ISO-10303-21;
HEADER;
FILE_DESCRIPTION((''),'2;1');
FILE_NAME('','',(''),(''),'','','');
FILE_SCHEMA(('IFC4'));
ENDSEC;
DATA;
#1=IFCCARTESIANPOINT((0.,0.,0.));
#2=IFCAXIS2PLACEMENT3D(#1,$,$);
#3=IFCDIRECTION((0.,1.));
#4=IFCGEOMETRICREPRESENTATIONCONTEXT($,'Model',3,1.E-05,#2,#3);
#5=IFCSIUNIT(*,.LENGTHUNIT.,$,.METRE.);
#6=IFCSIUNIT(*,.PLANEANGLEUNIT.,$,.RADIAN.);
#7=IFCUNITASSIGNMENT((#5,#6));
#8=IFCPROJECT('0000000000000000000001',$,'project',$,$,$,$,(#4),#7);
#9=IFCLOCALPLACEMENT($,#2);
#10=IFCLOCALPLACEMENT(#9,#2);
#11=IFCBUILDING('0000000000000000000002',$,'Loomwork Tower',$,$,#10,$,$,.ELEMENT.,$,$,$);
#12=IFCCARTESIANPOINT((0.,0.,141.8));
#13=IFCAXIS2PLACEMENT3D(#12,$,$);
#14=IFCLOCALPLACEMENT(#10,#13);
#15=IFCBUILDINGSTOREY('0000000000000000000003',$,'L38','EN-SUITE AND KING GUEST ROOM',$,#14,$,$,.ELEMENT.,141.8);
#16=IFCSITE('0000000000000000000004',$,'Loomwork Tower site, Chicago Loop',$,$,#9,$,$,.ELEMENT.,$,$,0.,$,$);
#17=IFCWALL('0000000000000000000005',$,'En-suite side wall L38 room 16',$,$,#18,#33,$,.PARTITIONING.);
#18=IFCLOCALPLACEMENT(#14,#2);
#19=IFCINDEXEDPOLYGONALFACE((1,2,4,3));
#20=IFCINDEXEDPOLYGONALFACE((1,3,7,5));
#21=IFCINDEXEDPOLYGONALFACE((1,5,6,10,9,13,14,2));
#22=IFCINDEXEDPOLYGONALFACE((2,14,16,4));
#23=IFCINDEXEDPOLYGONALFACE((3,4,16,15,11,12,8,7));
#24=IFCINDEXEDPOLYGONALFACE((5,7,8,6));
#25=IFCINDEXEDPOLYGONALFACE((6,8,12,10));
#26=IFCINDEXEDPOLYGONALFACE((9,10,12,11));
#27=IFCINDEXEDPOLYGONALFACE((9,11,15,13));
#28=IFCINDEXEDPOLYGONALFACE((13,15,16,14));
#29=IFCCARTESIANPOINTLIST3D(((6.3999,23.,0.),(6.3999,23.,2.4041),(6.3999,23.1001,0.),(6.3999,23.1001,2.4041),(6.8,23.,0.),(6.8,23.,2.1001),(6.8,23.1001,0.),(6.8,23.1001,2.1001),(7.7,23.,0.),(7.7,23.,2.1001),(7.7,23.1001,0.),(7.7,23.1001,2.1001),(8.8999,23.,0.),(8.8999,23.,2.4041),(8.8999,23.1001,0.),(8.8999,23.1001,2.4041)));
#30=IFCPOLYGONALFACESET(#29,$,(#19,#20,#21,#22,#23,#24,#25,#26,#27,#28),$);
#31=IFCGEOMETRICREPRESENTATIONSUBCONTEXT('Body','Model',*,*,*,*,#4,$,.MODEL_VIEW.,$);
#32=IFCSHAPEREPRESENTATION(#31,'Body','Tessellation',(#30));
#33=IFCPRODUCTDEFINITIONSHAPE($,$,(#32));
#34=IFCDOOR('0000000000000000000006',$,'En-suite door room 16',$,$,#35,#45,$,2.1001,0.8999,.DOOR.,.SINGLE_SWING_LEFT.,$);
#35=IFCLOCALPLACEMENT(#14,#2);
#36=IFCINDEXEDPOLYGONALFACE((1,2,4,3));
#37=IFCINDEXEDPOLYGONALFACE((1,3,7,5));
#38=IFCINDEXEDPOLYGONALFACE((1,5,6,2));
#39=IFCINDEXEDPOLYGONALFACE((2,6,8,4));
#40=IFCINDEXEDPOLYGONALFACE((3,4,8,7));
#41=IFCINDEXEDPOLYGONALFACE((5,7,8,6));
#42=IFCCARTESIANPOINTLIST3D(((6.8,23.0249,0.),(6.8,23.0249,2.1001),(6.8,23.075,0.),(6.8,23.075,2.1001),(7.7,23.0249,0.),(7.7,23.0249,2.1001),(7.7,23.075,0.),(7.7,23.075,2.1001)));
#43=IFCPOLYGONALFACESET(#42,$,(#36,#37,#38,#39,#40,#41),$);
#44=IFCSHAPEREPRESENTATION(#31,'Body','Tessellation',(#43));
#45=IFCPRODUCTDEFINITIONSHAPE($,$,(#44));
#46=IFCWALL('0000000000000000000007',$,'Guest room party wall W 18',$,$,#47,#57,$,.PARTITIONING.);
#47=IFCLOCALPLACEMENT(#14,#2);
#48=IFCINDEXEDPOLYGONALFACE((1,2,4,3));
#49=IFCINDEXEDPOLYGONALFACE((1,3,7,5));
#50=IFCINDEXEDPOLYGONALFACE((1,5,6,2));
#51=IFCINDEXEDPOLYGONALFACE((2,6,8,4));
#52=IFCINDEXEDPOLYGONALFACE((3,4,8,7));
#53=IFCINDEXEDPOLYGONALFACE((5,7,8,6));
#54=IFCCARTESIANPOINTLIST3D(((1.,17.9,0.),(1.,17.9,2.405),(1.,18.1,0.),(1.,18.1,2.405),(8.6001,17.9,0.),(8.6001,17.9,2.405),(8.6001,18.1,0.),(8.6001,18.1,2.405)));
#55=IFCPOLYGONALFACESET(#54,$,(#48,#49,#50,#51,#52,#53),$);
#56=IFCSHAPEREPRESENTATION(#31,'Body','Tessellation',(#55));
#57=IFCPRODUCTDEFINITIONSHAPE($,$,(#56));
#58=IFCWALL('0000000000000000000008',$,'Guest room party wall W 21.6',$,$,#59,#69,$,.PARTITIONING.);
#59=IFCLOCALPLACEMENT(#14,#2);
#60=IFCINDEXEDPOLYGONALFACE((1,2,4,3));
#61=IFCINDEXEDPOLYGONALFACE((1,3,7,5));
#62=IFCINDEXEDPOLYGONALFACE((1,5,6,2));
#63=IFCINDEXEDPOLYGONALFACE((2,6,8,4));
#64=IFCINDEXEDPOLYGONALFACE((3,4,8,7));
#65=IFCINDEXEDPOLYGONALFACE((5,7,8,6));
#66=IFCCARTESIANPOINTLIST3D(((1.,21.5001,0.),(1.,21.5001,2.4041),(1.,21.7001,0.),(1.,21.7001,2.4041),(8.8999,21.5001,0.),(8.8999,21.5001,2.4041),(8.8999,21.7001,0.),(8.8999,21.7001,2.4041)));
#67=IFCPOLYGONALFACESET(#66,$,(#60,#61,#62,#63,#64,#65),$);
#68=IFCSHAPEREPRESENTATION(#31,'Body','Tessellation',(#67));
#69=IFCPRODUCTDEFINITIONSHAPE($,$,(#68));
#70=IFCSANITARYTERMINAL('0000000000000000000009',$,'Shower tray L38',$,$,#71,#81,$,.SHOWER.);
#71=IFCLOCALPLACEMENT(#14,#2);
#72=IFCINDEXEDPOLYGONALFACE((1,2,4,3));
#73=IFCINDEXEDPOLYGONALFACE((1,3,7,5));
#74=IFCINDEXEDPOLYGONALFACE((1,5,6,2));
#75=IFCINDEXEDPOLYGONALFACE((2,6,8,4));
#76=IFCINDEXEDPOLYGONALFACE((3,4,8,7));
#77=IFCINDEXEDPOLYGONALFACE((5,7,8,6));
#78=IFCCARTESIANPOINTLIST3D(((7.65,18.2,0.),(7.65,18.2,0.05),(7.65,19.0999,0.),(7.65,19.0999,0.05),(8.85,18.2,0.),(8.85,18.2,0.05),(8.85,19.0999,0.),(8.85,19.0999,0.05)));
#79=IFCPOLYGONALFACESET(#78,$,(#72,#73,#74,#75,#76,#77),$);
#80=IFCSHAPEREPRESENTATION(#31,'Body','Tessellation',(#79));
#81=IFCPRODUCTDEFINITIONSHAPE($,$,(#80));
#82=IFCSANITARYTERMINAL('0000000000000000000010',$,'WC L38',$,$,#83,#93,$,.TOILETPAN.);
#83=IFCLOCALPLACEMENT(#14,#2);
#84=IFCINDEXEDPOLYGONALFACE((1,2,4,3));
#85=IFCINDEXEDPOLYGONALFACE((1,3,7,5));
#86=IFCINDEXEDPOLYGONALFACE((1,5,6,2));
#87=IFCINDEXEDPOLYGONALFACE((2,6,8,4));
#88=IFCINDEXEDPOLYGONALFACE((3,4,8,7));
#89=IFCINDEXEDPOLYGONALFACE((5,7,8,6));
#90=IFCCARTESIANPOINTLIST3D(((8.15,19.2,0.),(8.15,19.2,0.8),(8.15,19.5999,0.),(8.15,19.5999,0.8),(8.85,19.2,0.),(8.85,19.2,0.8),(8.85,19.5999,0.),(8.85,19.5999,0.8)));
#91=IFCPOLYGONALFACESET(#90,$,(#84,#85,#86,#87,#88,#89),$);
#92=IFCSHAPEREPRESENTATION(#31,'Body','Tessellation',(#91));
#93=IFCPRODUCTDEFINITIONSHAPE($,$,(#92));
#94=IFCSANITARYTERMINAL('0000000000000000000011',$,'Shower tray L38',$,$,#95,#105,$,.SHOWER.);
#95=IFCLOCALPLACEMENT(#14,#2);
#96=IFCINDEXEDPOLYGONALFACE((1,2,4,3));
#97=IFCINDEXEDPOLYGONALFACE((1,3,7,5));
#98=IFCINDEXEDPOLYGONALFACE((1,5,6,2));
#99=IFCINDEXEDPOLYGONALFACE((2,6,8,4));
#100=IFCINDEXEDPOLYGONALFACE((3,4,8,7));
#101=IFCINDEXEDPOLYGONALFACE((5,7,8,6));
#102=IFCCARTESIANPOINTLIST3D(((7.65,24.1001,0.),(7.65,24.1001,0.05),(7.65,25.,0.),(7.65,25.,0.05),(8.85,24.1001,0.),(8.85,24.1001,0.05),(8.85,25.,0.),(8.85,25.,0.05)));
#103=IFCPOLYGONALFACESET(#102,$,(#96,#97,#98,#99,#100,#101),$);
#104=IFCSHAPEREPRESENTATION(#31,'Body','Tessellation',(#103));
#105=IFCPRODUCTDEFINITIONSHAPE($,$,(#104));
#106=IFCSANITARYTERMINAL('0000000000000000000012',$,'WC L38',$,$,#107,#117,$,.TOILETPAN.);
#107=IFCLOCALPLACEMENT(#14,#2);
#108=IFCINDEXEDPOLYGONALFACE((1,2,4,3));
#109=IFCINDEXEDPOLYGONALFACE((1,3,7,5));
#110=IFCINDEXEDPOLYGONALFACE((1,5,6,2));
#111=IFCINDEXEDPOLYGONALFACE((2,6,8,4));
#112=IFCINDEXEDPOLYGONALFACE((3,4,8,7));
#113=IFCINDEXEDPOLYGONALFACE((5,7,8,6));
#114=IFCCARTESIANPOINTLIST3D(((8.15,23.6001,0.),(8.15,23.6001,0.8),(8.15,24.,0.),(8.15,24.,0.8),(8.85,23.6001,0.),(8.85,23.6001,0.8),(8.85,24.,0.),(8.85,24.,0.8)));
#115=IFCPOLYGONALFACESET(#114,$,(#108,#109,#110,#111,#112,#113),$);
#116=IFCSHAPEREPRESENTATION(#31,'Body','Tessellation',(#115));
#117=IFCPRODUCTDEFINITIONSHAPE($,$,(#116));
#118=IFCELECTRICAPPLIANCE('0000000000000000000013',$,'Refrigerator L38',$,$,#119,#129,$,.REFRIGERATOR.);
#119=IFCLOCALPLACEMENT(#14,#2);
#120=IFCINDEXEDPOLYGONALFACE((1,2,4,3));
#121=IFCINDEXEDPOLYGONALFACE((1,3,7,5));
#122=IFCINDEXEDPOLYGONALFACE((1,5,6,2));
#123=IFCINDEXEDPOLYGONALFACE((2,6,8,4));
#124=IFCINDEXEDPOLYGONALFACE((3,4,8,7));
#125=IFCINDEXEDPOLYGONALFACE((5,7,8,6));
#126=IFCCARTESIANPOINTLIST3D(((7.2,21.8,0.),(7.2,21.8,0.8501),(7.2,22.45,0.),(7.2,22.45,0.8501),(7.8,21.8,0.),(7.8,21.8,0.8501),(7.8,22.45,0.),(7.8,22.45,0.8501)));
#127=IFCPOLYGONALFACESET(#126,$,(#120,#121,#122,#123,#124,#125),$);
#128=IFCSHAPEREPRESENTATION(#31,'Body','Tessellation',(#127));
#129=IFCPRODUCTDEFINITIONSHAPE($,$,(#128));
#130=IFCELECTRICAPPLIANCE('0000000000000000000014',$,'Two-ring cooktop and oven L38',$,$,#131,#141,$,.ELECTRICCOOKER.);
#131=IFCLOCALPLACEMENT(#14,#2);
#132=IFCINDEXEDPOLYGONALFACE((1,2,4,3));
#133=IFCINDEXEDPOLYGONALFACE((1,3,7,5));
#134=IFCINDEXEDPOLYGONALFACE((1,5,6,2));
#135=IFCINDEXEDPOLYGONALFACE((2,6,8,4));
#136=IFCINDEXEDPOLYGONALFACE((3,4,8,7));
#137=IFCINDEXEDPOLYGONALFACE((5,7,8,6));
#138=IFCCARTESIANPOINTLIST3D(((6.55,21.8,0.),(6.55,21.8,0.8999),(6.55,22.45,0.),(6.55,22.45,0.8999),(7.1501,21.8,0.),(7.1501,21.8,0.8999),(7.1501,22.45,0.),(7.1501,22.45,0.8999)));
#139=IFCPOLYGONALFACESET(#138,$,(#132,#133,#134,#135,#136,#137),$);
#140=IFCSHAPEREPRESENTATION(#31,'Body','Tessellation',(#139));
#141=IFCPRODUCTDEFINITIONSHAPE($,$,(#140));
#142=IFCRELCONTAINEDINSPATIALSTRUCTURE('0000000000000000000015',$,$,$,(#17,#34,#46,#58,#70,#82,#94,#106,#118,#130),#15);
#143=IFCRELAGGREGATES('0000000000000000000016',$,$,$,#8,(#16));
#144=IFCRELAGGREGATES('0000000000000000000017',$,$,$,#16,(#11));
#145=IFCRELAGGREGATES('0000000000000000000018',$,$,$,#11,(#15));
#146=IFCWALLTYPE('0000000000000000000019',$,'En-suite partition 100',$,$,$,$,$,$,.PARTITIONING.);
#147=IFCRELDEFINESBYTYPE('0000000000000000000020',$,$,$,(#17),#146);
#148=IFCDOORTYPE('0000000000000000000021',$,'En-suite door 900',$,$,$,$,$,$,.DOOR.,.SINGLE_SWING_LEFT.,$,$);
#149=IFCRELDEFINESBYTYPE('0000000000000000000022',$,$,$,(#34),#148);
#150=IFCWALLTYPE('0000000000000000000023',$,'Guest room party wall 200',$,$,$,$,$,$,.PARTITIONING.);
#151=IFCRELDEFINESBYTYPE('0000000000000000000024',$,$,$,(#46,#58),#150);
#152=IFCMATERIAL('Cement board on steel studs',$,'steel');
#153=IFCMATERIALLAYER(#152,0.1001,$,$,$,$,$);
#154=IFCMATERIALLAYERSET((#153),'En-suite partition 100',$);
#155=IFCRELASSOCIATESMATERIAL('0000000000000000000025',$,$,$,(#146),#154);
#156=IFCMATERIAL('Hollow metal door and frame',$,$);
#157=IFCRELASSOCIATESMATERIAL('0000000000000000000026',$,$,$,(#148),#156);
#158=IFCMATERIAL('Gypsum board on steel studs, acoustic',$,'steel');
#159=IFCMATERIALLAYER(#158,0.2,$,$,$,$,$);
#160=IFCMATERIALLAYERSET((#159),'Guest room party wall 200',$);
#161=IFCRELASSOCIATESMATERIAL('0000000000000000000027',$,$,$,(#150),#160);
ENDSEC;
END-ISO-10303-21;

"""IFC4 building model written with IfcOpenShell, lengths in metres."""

from ifc_helpers import new_model, si_unit, direction, frame, frame_2d, origin, origin_2d, place, context, subcontext, project, spatial, rectangle, extrude, material, layer, layer_set, type_object, element, fill, save


model = new_model("IFC4")

# Units and contexts
model_context = context("Model", 3, precision=1e-05, world=origin(), true_north=direction((0.0, 1.0)))
body_context = subcontext(model_context, "Body", "Model", "MODEL_VIEW")
ifc_project = project(units=[si_unit("LENGTHUNIT", "METRE"), si_unit("PLANEANGLEUNIT", "RADIAN")], contexts=[model_context])

# Site, building, storey
site_placement = place(None, origin())
site = spatial("IfcSite", under=ifc_project, at=site_placement, Name="Loomwork Tower site, Chicago Loop", CompositionType="ELEMENT", RefElevation=0.0)
building_placement = place(site_placement, origin())
building = spatial("IfcBuilding", under=site, at=building_placement, Name="Loomwork Tower", CompositionType="ELEMENT")
storey_placement = place(building_placement, frame((0.0, 0.0, 141.8)))
storey = spatial("IfcBuildingStorey", under=building, at=storey_placement, Name="L38", Description="EN-SUITE AND KING GUEST ROOM", CompositionType="ELEMENT", Elevation=141.8)

# Wall, opening, door
ifc_material_1 = material(Name="Cement board on steel studs", Category="steel")
ifc_layer_1 = layer(ifc_material_1, 0.1001)
ifc_layer_set_1 = layer_set([ifc_layer_1], Name="En-suite partition 100")
wall_type_1 = type_object("IfcWallType", Name="En-suite partition 100", PredefinedType="PARTITIONING", material=ifc_layer_set_1)
ifc_material_2 = material(Name="Hollow metal door and frame")
door_type_1 = type_object("IfcDoorType", Name="En-suite door 900", OperationType="SINGLE_SWING_LEFT", PredefinedType="DOOR", material=ifc_material_2)
wall_1_placement = place(storey_placement, frame((8.8999, 23.05, 0.0), z_axis=(0.0, 0.0, 1.0), x_axis=(-1.0, 0.0, 0.0)))
wall_1 = element("IfcWall", 1, at=wall_1_placement, inside=storey, type_object=wall_type_1, Name="En-suite side wall L38 room 16", PredefinedType="PARTITIONING", context=body_context, shape_type="SweptSolid", body=[
    extrude(rectangle(XDim=2.5, YDim=0.1001, at=frame_2d((1.25, 0.0))), origin(), (0.0, 0.0, 1.0), 2.4041),
])
opening_1_placement = place(wall_1_placement, frame((1.2, 0.0, 0.0)))
opening_1 = element("IfcOpeningElement", 2, at=opening_1_placement, cuts=wall_1, PredefinedType="OPENING", context=body_context, shape_type="SweptSolid", body=[
    extrude(rectangle(XDim=0.8999, YDim=2.1001, at=frame_2d((0.45, 1.05))), frame((0.0, 0.0601, 0.0), z_axis=(0.0, -1.0, 0.0), x_axis=(1.0, 0.0, 0.0)), (0.0, 0.0, 1.0), 0.1201),
])
door_1_placement = place(opening_1_placement, frame((0.8999, 0.0, 0.0), z_axis=(0.0, 0.0, 1.0), x_axis=(-1.0, 0.0, 0.0)))
door_1 = element("IfcDoor", 3, at=door_1_placement, inside=storey, type_object=door_type_1, Name="En-suite door room 16", OperationType="SINGLE_SWING_LEFT", OverallHeight=2.1001, OverallWidth=0.8999, PredefinedType="DOOR", context=body_context, shape_type="SweptSolid", body=[
    extrude(rectangle(XDim=0.8999, YDim=2.1001, at=frame_2d((0.45, 1.05))), frame((0.0, 0.0249, 0.0), z_axis=(0.0, -1.0, 0.0), x_axis=(1.0, 0.0, 0.0)), (0.0, 0.0, 1.0), 0.05),
])
fill(opening_1, door_1)

# Walls
ifc_material_3 = material(Name="Gypsum board on steel studs, acoustic", Category="steel")
ifc_layer_2 = layer(ifc_material_3, 0.2)
ifc_layer_set_2 = layer_set([ifc_layer_2], Name="Guest room party wall 200")
wall_type_2 = type_object("IfcWallType", Name="Guest room party wall 200", PredefinedType="PARTITIONING", material=ifc_layer_set_2)
wall_2_placement = place(storey_placement, frame((8.6001, 18.0, 0.0), z_axis=(0.0, 0.0, 1.0), x_axis=(-1.0, 0.0, 0.0)))
element("IfcWall", 4, at=wall_2_placement, inside=storey, type_object=wall_type_2, Name="Guest room party wall W 18", PredefinedType="PARTITIONING", context=body_context, shape_type="SweptSolid", body=[
    extrude(rectangle(XDim=7.6001, YDim=0.2, at=frame_2d((3.8, 0.0))), origin(), (0.0, 0.0, 1.0), 2.405),
])
wall_3_placement = place(storey_placement, frame((8.8999, 21.6001, 0.0), z_axis=(0.0, 0.0, 1.0), x_axis=(-1.0, 0.0, 0.0)))
element("IfcWall", 5, at=wall_3_placement, inside=storey, type_object=wall_type_2, Name="Guest room party wall W 21.6", PredefinedType="PARTITIONING", context=body_context, shape_type="SweptSolid", body=[
    extrude(rectangle(XDim=7.8999, YDim=0.2, at=frame_2d((3.95, 0.0))), origin(), (0.0, 0.0, 1.0), 2.4041),
])

# Sanitary terminals
sanitary_terminal_1_placement = place(storey_placement, frame((8.25, 18.6499, 0.0), z_axis=(0.0, 0.0, 1.0), x_axis=(1.0, 0.0, 0.0)))
element("IfcSanitaryTerminal", 6, at=sanitary_terminal_1_placement, inside=storey, Name="Shower tray L38", PredefinedType="SHOWER", context=body_context, shape_type="SweptSolid", body=[
    extrude(rectangle(XDim=1.2, YDim=0.8999, at=origin_2d()), origin(), (0.0, 0.0, 1.0), 0.05),
])
sanitary_terminal_2_placement = place(storey_placement, frame((8.5, 19.3999, 0.0), z_axis=(0.0, 0.0, 1.0), x_axis=(1.0, 0.0, 0.0)))
element("IfcSanitaryTerminal", 7, at=sanitary_terminal_2_placement, inside=storey, Name="WC L38", PredefinedType="TOILETPAN", context=body_context, shape_type="SweptSolid", body=[
    extrude(rectangle(XDim=0.7, YDim=0.3999, at=origin_2d()), origin(), (0.0, 0.0, 1.0), 0.8),
])
sanitary_terminal_3_placement = place(storey_placement, frame((8.25, 24.55, 0.0), z_axis=(0.0, 0.0, 1.0), x_axis=(1.0, 0.0, 0.0)))
element("IfcSanitaryTerminal", 8, at=sanitary_terminal_3_placement, inside=storey, Name="Shower tray L38", PredefinedType="SHOWER", context=body_context, shape_type="SweptSolid", body=[
    extrude(rectangle(XDim=1.2, YDim=0.8999, at=origin_2d()), origin(), (0.0, 0.0, 1.0), 0.05),
])
sanitary_terminal_4_placement = place(storey_placement, frame((8.5, 23.8, 0.0), z_axis=(0.0, 0.0, 1.0), x_axis=(1.0, 0.0, 0.0)))
element("IfcSanitaryTerminal", 9, at=sanitary_terminal_4_placement, inside=storey, Name="WC L38", PredefinedType="TOILETPAN", context=body_context, shape_type="SweptSolid", body=[
    extrude(rectangle(XDim=0.7, YDim=0.3999, at=origin_2d()), origin(), (0.0, 0.0, 1.0), 0.8),
])

# Electric appliances
electric_appliance_1_placement = place(storey_placement, frame((7.5, 22.125, 0.0), z_axis=(0.0, 0.0, 1.0), x_axis=(1.0, 0.0, 0.0)))
element("IfcElectricAppliance", 10, at=electric_appliance_1_placement, inside=storey, Name="Refrigerator L38", PredefinedType="REFRIGERATOR", context=body_context, shape_type="SweptSolid", body=[
    extrude(rectangle(XDim=0.6001, YDim=0.6499, at=origin_2d()), origin(), (0.0, 0.0, 1.0), 0.8501),
])
electric_appliance_2_placement = place(storey_placement, frame((6.8501, 22.125, 0.0), z_axis=(0.0, 0.0, 1.0), x_axis=(1.0, 0.0, 0.0)))
element("IfcElectricAppliance", 11, at=electric_appliance_2_placement, inside=storey, Name="Two-ring cooktop and oven L38", PredefinedType="ELECTRICCOOKER", context=body_context, shape_type="SweptSolid", body=[
    extrude(rectangle(XDim=0.6001, YDim=0.6499, at=origin_2d()), origin(), (0.0, 0.0, 1.0), 0.8999),
])

save(model, "model.ifc")
